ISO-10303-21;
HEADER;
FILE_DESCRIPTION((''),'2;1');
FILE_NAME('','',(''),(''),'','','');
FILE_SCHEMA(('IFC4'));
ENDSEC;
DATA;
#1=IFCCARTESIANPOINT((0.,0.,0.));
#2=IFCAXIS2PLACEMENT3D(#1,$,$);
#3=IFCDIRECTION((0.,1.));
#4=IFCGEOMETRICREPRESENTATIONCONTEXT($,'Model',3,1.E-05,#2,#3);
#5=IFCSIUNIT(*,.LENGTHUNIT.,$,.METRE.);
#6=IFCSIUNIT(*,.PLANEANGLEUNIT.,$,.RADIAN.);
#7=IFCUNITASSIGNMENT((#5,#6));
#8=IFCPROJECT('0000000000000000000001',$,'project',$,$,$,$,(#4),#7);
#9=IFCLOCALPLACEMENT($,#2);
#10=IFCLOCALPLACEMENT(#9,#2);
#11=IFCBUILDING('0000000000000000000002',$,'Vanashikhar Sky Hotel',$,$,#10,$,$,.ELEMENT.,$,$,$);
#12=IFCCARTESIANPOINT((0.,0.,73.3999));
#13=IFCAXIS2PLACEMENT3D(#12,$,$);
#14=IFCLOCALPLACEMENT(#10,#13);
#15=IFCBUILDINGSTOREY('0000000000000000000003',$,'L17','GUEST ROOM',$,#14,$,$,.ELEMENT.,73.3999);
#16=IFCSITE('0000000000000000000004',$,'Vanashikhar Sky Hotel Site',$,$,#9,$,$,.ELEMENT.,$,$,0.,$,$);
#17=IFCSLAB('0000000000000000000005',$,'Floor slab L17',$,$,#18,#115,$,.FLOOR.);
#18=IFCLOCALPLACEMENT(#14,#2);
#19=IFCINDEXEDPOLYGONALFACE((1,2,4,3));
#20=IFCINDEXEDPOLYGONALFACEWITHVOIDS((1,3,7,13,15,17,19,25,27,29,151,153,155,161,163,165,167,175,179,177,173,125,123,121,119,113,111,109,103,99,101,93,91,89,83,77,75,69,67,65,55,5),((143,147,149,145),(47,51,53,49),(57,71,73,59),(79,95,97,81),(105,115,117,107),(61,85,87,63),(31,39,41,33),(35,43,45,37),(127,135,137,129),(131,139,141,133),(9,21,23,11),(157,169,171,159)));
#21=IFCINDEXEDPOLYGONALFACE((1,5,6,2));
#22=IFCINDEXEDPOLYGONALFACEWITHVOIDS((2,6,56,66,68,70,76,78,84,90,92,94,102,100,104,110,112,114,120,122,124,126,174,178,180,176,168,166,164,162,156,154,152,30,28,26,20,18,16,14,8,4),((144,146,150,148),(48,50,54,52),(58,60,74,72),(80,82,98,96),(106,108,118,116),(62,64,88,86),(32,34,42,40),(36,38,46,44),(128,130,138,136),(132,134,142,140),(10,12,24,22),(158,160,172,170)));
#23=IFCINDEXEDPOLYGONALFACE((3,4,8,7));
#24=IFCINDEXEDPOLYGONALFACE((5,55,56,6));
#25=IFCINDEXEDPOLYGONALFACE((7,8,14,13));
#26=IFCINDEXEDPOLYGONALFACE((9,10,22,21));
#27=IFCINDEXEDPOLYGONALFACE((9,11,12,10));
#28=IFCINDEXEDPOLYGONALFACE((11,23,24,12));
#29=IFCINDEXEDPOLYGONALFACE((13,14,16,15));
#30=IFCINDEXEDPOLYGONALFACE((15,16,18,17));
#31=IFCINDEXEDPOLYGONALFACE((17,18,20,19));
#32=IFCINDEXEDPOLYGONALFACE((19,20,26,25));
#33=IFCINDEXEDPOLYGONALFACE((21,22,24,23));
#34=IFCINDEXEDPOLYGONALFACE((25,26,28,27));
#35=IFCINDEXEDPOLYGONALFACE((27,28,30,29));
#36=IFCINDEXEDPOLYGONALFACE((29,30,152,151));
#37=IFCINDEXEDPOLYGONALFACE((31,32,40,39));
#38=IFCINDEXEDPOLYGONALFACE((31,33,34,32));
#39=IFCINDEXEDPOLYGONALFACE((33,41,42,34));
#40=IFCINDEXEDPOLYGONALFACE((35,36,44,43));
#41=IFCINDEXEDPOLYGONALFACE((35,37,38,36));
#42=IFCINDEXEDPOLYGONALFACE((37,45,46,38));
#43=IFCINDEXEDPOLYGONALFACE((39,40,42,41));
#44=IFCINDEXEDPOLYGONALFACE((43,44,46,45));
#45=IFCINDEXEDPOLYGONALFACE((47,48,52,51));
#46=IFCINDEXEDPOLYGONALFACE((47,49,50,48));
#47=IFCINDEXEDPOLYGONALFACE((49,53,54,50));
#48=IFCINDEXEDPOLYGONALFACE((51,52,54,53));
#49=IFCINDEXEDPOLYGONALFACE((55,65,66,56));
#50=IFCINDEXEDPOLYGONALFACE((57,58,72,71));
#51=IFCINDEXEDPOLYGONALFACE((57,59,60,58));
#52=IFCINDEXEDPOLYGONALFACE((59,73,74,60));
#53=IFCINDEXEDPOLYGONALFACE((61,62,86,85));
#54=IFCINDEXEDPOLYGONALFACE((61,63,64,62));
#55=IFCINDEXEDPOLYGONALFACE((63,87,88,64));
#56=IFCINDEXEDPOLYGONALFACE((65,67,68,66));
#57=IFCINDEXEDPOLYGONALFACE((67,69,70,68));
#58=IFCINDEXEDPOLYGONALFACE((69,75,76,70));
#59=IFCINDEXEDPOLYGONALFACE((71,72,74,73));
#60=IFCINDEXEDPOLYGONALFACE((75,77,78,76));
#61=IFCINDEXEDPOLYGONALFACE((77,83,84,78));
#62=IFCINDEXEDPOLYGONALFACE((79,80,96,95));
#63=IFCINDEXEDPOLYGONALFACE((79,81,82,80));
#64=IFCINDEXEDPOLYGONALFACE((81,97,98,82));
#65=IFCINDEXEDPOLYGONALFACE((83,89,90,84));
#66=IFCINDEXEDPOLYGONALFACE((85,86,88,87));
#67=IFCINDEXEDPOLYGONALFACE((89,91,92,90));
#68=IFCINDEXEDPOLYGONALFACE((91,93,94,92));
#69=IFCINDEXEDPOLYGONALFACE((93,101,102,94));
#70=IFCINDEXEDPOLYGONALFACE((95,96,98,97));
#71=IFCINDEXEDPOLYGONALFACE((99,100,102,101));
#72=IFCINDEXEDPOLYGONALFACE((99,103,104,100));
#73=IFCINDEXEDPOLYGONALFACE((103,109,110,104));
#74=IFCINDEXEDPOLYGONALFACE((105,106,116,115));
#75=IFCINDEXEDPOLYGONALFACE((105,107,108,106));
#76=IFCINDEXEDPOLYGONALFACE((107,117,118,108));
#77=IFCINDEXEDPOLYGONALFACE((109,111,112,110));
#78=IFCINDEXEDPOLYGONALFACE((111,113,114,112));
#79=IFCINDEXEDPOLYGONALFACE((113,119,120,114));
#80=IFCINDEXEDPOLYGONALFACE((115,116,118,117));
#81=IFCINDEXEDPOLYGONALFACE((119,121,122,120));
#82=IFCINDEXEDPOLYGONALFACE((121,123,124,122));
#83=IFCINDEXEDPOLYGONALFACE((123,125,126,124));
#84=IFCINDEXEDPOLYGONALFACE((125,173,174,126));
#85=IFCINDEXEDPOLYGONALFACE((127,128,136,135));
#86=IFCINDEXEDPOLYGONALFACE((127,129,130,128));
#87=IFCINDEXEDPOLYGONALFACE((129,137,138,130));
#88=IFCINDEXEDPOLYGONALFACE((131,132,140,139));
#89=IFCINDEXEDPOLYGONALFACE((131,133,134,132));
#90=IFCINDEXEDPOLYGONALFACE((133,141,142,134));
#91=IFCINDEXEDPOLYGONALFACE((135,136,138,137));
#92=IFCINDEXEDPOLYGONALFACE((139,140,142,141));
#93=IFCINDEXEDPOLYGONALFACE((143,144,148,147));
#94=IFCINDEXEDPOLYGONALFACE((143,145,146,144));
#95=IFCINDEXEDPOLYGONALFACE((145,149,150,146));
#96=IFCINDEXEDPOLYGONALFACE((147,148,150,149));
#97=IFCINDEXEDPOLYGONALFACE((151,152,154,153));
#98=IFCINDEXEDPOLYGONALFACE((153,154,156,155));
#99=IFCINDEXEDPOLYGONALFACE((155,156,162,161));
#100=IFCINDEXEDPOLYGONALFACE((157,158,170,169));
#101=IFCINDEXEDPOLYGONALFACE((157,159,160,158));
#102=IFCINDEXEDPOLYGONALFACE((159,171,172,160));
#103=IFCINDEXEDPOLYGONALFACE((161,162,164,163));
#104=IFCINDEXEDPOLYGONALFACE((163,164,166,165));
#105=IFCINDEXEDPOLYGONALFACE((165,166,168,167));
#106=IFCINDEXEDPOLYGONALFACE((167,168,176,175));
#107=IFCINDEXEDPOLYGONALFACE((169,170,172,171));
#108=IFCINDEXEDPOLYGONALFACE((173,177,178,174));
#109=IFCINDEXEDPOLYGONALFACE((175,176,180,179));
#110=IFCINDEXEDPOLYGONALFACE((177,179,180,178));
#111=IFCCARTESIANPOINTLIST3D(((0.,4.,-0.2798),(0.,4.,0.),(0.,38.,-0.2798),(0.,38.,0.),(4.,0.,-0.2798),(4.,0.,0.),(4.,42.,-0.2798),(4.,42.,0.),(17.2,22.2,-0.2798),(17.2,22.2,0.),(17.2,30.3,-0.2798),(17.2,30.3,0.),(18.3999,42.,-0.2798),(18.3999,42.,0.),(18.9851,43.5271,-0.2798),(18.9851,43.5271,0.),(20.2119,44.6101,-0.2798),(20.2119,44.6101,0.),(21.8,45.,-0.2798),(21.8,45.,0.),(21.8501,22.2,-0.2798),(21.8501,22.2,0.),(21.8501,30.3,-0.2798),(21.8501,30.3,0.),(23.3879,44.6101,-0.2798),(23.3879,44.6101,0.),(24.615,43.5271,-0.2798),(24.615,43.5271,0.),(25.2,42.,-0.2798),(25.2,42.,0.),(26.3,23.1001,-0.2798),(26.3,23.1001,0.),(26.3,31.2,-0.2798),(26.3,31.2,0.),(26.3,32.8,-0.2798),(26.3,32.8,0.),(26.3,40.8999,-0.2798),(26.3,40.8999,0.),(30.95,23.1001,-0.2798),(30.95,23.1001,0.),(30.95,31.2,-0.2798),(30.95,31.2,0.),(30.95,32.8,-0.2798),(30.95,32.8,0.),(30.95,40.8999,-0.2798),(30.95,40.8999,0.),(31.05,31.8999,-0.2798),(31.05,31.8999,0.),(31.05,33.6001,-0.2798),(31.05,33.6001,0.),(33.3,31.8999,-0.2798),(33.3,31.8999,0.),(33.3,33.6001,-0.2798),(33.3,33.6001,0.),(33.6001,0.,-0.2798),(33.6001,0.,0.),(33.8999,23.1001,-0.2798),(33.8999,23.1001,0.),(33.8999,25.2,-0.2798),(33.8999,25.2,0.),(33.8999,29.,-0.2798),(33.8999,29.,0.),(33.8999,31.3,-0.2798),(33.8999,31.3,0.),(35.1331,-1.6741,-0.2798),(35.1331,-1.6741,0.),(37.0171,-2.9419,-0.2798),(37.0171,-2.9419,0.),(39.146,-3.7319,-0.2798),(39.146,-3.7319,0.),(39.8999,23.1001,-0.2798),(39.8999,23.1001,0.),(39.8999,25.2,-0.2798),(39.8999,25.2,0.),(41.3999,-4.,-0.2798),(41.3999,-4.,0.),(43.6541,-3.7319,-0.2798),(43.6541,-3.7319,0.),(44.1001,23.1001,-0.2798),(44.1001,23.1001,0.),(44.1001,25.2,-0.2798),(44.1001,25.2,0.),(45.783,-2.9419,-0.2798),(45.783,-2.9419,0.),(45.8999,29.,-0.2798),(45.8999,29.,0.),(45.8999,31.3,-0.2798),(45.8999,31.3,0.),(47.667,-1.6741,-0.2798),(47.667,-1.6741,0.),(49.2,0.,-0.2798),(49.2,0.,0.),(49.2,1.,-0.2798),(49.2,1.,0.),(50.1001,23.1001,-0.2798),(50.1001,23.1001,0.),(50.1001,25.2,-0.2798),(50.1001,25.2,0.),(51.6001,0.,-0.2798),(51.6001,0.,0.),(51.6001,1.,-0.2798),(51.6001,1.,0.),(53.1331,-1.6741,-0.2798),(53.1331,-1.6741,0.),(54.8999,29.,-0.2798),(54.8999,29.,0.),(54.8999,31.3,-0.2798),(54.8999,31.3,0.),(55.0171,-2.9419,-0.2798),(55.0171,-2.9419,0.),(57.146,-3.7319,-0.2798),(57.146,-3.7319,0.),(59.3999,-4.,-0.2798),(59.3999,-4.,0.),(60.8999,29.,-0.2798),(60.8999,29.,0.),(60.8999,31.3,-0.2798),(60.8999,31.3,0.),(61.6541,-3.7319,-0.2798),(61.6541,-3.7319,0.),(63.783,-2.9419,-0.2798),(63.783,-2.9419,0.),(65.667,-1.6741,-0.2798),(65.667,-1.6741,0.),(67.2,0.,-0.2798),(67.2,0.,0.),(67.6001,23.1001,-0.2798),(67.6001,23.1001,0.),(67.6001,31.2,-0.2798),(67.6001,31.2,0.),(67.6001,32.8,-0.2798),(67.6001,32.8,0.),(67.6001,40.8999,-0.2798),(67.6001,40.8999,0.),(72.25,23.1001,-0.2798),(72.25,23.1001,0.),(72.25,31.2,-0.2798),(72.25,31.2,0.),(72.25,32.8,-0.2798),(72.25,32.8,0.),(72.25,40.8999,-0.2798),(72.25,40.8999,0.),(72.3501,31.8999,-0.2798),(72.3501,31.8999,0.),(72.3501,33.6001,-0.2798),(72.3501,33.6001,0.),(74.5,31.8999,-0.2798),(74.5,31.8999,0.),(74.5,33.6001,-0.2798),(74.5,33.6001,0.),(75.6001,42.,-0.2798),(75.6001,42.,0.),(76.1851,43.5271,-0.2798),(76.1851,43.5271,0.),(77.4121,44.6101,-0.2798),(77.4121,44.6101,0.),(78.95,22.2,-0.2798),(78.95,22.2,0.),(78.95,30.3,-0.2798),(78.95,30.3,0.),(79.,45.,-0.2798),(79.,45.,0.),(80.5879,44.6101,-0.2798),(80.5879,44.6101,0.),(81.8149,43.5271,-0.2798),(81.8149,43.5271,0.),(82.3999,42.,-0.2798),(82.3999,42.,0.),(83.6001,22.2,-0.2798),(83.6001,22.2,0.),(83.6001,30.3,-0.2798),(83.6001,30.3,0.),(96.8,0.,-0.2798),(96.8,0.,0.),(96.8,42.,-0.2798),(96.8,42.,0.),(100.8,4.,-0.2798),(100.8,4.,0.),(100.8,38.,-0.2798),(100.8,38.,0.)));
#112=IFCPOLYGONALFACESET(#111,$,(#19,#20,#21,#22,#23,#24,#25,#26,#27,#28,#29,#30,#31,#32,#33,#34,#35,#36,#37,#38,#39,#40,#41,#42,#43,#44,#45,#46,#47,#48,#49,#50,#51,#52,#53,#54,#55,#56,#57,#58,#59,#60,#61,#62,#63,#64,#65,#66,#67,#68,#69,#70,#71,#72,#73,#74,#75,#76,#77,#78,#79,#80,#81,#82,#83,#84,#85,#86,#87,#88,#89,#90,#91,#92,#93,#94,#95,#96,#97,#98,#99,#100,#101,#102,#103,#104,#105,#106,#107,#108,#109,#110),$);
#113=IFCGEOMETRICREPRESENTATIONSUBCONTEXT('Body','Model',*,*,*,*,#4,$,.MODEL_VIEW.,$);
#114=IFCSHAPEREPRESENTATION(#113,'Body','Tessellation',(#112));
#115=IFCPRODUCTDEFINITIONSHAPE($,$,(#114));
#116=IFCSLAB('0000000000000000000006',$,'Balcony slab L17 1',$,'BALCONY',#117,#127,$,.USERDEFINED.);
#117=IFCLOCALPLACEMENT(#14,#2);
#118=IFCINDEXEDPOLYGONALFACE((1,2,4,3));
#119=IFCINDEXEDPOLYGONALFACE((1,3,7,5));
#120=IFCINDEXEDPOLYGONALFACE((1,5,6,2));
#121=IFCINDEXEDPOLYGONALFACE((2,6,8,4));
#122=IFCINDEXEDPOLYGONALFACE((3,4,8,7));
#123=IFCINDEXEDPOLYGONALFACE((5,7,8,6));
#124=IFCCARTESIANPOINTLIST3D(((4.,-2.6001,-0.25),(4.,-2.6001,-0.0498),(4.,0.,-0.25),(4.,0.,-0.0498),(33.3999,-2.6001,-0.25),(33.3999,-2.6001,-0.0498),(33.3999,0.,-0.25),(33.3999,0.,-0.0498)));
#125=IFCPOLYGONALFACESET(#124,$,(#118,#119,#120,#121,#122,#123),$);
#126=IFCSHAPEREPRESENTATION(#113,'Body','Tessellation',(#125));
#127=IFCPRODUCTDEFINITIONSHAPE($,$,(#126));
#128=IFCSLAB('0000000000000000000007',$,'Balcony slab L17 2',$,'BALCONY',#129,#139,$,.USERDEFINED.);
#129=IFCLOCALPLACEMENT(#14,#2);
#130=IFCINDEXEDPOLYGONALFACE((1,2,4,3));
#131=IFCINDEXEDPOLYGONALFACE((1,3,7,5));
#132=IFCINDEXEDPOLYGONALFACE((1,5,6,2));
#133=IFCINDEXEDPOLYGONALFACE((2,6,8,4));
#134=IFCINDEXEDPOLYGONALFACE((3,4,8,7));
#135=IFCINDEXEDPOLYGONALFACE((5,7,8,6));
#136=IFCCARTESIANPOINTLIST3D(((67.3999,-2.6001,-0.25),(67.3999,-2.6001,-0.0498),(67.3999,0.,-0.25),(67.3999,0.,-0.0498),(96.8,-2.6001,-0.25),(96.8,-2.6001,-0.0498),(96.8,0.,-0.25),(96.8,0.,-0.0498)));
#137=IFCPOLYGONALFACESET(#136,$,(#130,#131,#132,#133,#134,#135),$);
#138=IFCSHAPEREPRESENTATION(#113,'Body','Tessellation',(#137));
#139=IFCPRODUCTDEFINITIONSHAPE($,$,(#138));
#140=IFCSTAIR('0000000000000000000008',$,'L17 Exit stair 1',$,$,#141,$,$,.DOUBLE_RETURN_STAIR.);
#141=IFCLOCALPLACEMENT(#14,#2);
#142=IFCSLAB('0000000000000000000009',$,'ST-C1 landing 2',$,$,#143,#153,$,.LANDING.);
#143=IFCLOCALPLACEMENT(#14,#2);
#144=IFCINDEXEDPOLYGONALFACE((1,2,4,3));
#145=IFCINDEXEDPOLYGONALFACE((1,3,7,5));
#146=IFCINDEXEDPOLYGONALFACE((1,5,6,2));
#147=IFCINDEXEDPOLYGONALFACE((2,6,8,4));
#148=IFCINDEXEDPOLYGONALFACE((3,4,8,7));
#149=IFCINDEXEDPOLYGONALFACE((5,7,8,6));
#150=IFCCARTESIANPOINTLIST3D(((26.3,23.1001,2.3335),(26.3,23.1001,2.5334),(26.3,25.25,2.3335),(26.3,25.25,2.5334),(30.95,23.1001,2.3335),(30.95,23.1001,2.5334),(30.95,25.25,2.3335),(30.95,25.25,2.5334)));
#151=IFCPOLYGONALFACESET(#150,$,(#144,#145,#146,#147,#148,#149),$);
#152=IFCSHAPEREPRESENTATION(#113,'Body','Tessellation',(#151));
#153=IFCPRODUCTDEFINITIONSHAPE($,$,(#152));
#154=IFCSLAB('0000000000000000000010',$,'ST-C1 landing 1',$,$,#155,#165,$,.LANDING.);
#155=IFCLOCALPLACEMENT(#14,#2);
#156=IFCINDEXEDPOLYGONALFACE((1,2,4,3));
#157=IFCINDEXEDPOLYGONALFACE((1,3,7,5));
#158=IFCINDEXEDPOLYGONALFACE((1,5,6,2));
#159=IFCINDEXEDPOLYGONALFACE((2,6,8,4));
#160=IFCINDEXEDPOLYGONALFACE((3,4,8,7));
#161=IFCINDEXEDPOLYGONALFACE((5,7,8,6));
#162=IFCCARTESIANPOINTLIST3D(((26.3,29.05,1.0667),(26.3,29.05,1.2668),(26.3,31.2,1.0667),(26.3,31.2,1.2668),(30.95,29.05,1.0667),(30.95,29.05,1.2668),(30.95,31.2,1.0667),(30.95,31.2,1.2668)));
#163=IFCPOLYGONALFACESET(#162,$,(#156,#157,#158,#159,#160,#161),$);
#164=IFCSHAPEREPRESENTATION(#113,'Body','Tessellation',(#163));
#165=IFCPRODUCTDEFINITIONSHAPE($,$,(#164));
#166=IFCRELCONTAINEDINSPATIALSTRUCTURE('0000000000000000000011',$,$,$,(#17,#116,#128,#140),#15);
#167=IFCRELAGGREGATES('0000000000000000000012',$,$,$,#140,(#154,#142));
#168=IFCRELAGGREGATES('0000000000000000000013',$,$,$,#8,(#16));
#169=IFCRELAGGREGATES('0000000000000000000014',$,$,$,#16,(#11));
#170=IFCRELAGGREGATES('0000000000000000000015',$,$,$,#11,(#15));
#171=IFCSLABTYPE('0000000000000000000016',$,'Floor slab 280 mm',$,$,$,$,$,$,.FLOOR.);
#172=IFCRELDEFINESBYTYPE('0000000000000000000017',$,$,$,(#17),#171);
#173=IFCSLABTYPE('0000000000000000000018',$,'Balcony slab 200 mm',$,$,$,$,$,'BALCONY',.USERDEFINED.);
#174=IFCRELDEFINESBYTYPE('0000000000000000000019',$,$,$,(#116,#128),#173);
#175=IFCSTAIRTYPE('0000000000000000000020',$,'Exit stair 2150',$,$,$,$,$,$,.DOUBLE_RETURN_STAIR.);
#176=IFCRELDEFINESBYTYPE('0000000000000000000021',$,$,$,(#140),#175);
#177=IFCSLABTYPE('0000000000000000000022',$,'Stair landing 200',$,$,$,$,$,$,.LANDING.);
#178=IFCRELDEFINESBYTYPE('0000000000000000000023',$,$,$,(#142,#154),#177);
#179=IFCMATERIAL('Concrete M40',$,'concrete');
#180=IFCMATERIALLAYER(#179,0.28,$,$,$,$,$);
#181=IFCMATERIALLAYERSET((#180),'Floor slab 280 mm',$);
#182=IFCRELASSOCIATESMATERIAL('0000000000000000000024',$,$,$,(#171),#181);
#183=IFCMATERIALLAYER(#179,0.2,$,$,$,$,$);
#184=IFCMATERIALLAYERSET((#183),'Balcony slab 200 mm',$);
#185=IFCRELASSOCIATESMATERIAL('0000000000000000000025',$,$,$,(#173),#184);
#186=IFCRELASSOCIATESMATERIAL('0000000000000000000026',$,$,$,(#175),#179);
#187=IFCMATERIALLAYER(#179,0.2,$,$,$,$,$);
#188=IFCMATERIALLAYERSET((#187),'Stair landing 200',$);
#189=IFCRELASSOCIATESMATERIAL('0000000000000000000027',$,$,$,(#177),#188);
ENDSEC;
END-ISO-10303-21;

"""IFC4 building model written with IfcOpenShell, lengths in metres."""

from ifc_helpers import new_model, si_unit, direction, frame, origin, place, context, subcontext, project, spatial, polyline, outline, extrude, source, transform, mapped, material, layer, layer_set, type_object, element, aggregate, save


model = new_model("IFC4")

# Units and contexts
model_context = context("Model", 3, precision=1e-05, world=origin(), true_north=direction((0.0, 1.0)))
body_context = subcontext(model_context, "Body", "Model", "MODEL_VIEW")
ifc_project = project(units=[si_unit("LENGTHUNIT", "METRE"), si_unit("PLANEANGLEUNIT", "RADIAN")], contexts=[model_context])

# Site, building, storey
site_placement = place(None, origin())
site = spatial("IfcSite", under=ifc_project, at=site_placement, Name="Vanashikhar Sky Hotel Site", CompositionType="ELEMENT", RefElevation=0.0)
building_placement = place(site_placement, origin())
building = spatial("IfcBuilding", under=site, at=building_placement, Name="Vanashikhar Sky Hotel", CompositionType="ELEMENT")
storey_placement = place(building_placement, frame((0.0, 0.0, 73.3999)))
storey = spatial("IfcBuildingStorey", under=building, at=storey_placement, Name="L17", Description="GUEST ROOM", CompositionType="ELEMENT", Elevation=73.3999)

# Slabs
ifc_material_1 = material(Name="Concrete M40", Category="concrete")
ifc_layer_1 = layer(ifc_material_1, 0.28)
ifc_layer_set_1 = layer_set([ifc_layer_1], Name="Floor slab 280 mm")
slab_type_1 = type_object("IfcSlabType", Name="Floor slab 280 mm", PredefinedType="FLOOR", material=ifc_layer_set_1)
shared_shape_1 = source(origin(), body_context, "Body", "SweptSolid", [
    extrude(outline(polyline([(49.2, 0.0), (49.2, 1.0), (51.6001, 1.0), (51.6001, 0.0), (53.1331, -1.6741), (55.0171, -2.9419), (57.146, -3.7319), (59.3999, -4.0), (61.6541, -3.7319), (63.783, -2.9419), (65.667, -1.6741), (67.2, 0.0), (96.8, 0.0), (100.8, 4.0), (100.8, 38.0), (96.8, 42.0), (82.3999, 42.0), (81.8149, 43.5271), (80.5879, 44.6101), (79.0, 45.0), (77.4121, 44.6101), (76.1851, 43.5271), (75.6001, 42.0), (25.2, 42.0), (24.615, 43.5271), (23.3879, 44.6101), (21.8, 45.0), (20.2119, 44.6101), (18.9851, 43.5271), (18.3999, 42.0), (4.0, 42.0), (0.0, 38.0), (0.0, 4.0), (4.0, 0.0), (33.6001, 0.0), (35.1331, -1.6741), (37.0171, -2.9419), (39.146, -3.7319), (41.3999, -4.0), (43.6541, -3.7319), (45.783, -2.9419), (47.667, -1.6741), (49.2, 0.0)]), holes=[polyline([(33.3, 33.6001), (31.05, 33.6001), (31.05, 31.8999), (33.3, 31.8999), (33.3, 33.6001)]), polyline([(33.8999, 25.2), (33.8999, 23.1001), (39.8999, 23.1001), (39.8999, 25.2), (33.8999, 25.2)]), polyline([(33.8999, 31.3), (33.8999, 29.0), (45.8999, 29.0), (45.8999, 31.3), (33.8999, 31.3)]), polyline([(44.1001, 25.2), (44.1001, 23.1001), (50.1001, 23.1001), (50.1001, 25.2), (44.1001, 25.2)]), polyline([(54.8999, 31.3), (54.8999, 29.0), (60.8999, 29.0), (60.8999, 31.3), (54.8999, 31.3)]), polyline([(74.5, 33.6001), (72.3501, 33.6001), (72.3501, 31.8999), (74.5, 31.8999), (74.5, 33.6001)]), polyline([(30.95, 23.1001), (30.95, 31.2), (26.3, 31.2), (26.3, 23.1001), (30.95, 23.1001)]), polyline([(72.25, 23.1001), (72.25, 31.2), (67.6001, 31.2), (67.6001, 23.1001), (72.25, 23.1001)]), polyline([(30.95, 32.8), (30.95, 40.8999), (26.3, 40.8999), (26.3, 32.8), (30.95, 32.8)]), polyline([(72.25, 32.8), (72.25, 40.8999), (67.6001, 40.8999), (67.6001, 32.8), (72.25, 32.8)]), polyline([(83.6001, 22.2), (83.6001, 30.3), (78.95, 30.3), (78.95, 22.2), (83.6001, 22.2)]), polyline([(21.8501, 22.2), (21.8501, 30.3), (17.2, 30.3), (17.2, 22.2), (21.8501, 22.2)])]), origin(), (0.0, 0.0, 1.0), 0.2798),
])
slab_1_placement = place(storey_placement, frame((0.0, 0.0, -0.2798)))
element("IfcSlab", 1, at=slab_1_placement, inside=storey, type_object=slab_type_1, Name="Floor slab L17", PredefinedType="FLOOR", context=body_context, shape_type="MappedRepresentation", body=[
    mapped(shared_shape_1, transform((0.0, 0.0, 0.0), scale=1.0)),
])
ifc_layer_2 = layer(ifc_material_1, 0.2)
ifc_layer_set_2 = layer_set([ifc_layer_2], Name="Balcony slab 200 mm")
slab_type_2 = type_object("IfcSlabType", Name="Balcony slab 200 mm", ElementType="BALCONY", PredefinedType="USERDEFINED", material=ifc_layer_set_2)
shared_shape_2 = source(origin(), body_context, "Body", "SweptSolid", [
    extrude(outline(polyline([(4.0, -2.6001), (33.3999, -2.6001), (33.3999, 0.0), (4.0, 0.0), (4.0, -2.6001)])), origin(), (0.0, 0.0, 1.0), 0.2002),
])
slab_2_placement = place(storey_placement, frame((0.0, 0.0, -0.25)))
element("IfcSlab", 2, at=slab_2_placement, inside=storey, type_object=slab_type_2, Name="Balcony slab L17 1", ObjectType="BALCONY", PredefinedType="USERDEFINED", context=body_context, shape_type="MappedRepresentation", body=[
    mapped(shared_shape_2, transform((0.0, 0.0, 0.0), scale=1.0)),
])
shared_shape_3 = source(origin(), body_context, "Body", "SweptSolid", [
    extrude(outline(polyline([(67.3999, -2.6001), (96.8, -2.6001), (96.8, 0.0), (67.3999, 0.0), (67.3999, -2.6001)])), origin(), (0.0, 0.0, 1.0), 0.2002),
])
slab_3_placement = place(storey_placement, frame((0.0, 0.0, -0.25)))
element("IfcSlab", 3, at=slab_3_placement, inside=storey, type_object=slab_type_2, Name="Balcony slab L17 2", ObjectType="BALCONY", PredefinedType="USERDEFINED", context=body_context, shape_type="MappedRepresentation", body=[
    mapped(shared_shape_3, transform((0.0, 0.0, 0.0), scale=1.0)),
])

# Stair, slabs
stair_type = type_object("IfcStairType", Name="Exit stair 2150", PredefinedType="DOUBLE_RETURN_STAIR", material=ifc_material_1)
stair_1_placement = place(storey_placement, origin())
stair_1 = element("IfcStair", 4, at=stair_1_placement, inside=storey, type_object=stair_type, Name="L17 Exit stair 1", PredefinedType="DOUBLE_RETURN_STAIR")
ifc_layer_3 = layer(ifc_material_1, 0.2)
ifc_layer_set_3 = layer_set([ifc_layer_3], Name="Stair landing 200")
slab_type_3 = type_object("IfcSlabType", Name="Stair landing 200", PredefinedType="LANDING", material=ifc_layer_set_3)
shared_shape_4 = source(origin(), body_context, "Body", "SweptSolid", [
    extrude(outline(polyline([(30.95, 23.1001), (30.95, 25.25), (26.3, 25.25), (26.3, 23.1001), (30.95, 23.1001)])), origin(), (0.0, 0.0, 1.0), 0.2),
])
slab_4_placement = place(storey_placement, frame((0.0, 0.0, 2.3335)))
slab_4 = element("IfcSlab", 5, at=slab_4_placement, type_object=slab_type_3, Name="ST-C1 landing 2", PredefinedType="LANDING", context=body_context, shape_type="MappedRepresentation", body=[
    mapped(shared_shape_4, transform((0.0, 0.0, 0.0), scale=1.0)),
])
shared_shape_5 = source(origin(), body_context, "Body", "SweptSolid", [
    extrude(outline(polyline([(30.95, 29.05), (30.95, 31.2), (26.3, 31.2), (26.3, 29.05), (30.95, 29.05)])), origin(), (0.0, 0.0, 1.0), 0.2002),
])
slab_5_placement = place(storey_placement, frame((0.0, 0.0, 1.0667)))
slab_5 = element("IfcSlab", 6, at=slab_5_placement, type_object=slab_type_3, Name="ST-C1 landing 1", PredefinedType="LANDING", context=body_context, shape_type="MappedRepresentation", body=[
    mapped(shared_shape_5, transform((0.0, 0.0, 0.0), scale=1.0)),
])
aggregate(stair_1, [slab_5, slab_4])

save(model, "model.ifc")
